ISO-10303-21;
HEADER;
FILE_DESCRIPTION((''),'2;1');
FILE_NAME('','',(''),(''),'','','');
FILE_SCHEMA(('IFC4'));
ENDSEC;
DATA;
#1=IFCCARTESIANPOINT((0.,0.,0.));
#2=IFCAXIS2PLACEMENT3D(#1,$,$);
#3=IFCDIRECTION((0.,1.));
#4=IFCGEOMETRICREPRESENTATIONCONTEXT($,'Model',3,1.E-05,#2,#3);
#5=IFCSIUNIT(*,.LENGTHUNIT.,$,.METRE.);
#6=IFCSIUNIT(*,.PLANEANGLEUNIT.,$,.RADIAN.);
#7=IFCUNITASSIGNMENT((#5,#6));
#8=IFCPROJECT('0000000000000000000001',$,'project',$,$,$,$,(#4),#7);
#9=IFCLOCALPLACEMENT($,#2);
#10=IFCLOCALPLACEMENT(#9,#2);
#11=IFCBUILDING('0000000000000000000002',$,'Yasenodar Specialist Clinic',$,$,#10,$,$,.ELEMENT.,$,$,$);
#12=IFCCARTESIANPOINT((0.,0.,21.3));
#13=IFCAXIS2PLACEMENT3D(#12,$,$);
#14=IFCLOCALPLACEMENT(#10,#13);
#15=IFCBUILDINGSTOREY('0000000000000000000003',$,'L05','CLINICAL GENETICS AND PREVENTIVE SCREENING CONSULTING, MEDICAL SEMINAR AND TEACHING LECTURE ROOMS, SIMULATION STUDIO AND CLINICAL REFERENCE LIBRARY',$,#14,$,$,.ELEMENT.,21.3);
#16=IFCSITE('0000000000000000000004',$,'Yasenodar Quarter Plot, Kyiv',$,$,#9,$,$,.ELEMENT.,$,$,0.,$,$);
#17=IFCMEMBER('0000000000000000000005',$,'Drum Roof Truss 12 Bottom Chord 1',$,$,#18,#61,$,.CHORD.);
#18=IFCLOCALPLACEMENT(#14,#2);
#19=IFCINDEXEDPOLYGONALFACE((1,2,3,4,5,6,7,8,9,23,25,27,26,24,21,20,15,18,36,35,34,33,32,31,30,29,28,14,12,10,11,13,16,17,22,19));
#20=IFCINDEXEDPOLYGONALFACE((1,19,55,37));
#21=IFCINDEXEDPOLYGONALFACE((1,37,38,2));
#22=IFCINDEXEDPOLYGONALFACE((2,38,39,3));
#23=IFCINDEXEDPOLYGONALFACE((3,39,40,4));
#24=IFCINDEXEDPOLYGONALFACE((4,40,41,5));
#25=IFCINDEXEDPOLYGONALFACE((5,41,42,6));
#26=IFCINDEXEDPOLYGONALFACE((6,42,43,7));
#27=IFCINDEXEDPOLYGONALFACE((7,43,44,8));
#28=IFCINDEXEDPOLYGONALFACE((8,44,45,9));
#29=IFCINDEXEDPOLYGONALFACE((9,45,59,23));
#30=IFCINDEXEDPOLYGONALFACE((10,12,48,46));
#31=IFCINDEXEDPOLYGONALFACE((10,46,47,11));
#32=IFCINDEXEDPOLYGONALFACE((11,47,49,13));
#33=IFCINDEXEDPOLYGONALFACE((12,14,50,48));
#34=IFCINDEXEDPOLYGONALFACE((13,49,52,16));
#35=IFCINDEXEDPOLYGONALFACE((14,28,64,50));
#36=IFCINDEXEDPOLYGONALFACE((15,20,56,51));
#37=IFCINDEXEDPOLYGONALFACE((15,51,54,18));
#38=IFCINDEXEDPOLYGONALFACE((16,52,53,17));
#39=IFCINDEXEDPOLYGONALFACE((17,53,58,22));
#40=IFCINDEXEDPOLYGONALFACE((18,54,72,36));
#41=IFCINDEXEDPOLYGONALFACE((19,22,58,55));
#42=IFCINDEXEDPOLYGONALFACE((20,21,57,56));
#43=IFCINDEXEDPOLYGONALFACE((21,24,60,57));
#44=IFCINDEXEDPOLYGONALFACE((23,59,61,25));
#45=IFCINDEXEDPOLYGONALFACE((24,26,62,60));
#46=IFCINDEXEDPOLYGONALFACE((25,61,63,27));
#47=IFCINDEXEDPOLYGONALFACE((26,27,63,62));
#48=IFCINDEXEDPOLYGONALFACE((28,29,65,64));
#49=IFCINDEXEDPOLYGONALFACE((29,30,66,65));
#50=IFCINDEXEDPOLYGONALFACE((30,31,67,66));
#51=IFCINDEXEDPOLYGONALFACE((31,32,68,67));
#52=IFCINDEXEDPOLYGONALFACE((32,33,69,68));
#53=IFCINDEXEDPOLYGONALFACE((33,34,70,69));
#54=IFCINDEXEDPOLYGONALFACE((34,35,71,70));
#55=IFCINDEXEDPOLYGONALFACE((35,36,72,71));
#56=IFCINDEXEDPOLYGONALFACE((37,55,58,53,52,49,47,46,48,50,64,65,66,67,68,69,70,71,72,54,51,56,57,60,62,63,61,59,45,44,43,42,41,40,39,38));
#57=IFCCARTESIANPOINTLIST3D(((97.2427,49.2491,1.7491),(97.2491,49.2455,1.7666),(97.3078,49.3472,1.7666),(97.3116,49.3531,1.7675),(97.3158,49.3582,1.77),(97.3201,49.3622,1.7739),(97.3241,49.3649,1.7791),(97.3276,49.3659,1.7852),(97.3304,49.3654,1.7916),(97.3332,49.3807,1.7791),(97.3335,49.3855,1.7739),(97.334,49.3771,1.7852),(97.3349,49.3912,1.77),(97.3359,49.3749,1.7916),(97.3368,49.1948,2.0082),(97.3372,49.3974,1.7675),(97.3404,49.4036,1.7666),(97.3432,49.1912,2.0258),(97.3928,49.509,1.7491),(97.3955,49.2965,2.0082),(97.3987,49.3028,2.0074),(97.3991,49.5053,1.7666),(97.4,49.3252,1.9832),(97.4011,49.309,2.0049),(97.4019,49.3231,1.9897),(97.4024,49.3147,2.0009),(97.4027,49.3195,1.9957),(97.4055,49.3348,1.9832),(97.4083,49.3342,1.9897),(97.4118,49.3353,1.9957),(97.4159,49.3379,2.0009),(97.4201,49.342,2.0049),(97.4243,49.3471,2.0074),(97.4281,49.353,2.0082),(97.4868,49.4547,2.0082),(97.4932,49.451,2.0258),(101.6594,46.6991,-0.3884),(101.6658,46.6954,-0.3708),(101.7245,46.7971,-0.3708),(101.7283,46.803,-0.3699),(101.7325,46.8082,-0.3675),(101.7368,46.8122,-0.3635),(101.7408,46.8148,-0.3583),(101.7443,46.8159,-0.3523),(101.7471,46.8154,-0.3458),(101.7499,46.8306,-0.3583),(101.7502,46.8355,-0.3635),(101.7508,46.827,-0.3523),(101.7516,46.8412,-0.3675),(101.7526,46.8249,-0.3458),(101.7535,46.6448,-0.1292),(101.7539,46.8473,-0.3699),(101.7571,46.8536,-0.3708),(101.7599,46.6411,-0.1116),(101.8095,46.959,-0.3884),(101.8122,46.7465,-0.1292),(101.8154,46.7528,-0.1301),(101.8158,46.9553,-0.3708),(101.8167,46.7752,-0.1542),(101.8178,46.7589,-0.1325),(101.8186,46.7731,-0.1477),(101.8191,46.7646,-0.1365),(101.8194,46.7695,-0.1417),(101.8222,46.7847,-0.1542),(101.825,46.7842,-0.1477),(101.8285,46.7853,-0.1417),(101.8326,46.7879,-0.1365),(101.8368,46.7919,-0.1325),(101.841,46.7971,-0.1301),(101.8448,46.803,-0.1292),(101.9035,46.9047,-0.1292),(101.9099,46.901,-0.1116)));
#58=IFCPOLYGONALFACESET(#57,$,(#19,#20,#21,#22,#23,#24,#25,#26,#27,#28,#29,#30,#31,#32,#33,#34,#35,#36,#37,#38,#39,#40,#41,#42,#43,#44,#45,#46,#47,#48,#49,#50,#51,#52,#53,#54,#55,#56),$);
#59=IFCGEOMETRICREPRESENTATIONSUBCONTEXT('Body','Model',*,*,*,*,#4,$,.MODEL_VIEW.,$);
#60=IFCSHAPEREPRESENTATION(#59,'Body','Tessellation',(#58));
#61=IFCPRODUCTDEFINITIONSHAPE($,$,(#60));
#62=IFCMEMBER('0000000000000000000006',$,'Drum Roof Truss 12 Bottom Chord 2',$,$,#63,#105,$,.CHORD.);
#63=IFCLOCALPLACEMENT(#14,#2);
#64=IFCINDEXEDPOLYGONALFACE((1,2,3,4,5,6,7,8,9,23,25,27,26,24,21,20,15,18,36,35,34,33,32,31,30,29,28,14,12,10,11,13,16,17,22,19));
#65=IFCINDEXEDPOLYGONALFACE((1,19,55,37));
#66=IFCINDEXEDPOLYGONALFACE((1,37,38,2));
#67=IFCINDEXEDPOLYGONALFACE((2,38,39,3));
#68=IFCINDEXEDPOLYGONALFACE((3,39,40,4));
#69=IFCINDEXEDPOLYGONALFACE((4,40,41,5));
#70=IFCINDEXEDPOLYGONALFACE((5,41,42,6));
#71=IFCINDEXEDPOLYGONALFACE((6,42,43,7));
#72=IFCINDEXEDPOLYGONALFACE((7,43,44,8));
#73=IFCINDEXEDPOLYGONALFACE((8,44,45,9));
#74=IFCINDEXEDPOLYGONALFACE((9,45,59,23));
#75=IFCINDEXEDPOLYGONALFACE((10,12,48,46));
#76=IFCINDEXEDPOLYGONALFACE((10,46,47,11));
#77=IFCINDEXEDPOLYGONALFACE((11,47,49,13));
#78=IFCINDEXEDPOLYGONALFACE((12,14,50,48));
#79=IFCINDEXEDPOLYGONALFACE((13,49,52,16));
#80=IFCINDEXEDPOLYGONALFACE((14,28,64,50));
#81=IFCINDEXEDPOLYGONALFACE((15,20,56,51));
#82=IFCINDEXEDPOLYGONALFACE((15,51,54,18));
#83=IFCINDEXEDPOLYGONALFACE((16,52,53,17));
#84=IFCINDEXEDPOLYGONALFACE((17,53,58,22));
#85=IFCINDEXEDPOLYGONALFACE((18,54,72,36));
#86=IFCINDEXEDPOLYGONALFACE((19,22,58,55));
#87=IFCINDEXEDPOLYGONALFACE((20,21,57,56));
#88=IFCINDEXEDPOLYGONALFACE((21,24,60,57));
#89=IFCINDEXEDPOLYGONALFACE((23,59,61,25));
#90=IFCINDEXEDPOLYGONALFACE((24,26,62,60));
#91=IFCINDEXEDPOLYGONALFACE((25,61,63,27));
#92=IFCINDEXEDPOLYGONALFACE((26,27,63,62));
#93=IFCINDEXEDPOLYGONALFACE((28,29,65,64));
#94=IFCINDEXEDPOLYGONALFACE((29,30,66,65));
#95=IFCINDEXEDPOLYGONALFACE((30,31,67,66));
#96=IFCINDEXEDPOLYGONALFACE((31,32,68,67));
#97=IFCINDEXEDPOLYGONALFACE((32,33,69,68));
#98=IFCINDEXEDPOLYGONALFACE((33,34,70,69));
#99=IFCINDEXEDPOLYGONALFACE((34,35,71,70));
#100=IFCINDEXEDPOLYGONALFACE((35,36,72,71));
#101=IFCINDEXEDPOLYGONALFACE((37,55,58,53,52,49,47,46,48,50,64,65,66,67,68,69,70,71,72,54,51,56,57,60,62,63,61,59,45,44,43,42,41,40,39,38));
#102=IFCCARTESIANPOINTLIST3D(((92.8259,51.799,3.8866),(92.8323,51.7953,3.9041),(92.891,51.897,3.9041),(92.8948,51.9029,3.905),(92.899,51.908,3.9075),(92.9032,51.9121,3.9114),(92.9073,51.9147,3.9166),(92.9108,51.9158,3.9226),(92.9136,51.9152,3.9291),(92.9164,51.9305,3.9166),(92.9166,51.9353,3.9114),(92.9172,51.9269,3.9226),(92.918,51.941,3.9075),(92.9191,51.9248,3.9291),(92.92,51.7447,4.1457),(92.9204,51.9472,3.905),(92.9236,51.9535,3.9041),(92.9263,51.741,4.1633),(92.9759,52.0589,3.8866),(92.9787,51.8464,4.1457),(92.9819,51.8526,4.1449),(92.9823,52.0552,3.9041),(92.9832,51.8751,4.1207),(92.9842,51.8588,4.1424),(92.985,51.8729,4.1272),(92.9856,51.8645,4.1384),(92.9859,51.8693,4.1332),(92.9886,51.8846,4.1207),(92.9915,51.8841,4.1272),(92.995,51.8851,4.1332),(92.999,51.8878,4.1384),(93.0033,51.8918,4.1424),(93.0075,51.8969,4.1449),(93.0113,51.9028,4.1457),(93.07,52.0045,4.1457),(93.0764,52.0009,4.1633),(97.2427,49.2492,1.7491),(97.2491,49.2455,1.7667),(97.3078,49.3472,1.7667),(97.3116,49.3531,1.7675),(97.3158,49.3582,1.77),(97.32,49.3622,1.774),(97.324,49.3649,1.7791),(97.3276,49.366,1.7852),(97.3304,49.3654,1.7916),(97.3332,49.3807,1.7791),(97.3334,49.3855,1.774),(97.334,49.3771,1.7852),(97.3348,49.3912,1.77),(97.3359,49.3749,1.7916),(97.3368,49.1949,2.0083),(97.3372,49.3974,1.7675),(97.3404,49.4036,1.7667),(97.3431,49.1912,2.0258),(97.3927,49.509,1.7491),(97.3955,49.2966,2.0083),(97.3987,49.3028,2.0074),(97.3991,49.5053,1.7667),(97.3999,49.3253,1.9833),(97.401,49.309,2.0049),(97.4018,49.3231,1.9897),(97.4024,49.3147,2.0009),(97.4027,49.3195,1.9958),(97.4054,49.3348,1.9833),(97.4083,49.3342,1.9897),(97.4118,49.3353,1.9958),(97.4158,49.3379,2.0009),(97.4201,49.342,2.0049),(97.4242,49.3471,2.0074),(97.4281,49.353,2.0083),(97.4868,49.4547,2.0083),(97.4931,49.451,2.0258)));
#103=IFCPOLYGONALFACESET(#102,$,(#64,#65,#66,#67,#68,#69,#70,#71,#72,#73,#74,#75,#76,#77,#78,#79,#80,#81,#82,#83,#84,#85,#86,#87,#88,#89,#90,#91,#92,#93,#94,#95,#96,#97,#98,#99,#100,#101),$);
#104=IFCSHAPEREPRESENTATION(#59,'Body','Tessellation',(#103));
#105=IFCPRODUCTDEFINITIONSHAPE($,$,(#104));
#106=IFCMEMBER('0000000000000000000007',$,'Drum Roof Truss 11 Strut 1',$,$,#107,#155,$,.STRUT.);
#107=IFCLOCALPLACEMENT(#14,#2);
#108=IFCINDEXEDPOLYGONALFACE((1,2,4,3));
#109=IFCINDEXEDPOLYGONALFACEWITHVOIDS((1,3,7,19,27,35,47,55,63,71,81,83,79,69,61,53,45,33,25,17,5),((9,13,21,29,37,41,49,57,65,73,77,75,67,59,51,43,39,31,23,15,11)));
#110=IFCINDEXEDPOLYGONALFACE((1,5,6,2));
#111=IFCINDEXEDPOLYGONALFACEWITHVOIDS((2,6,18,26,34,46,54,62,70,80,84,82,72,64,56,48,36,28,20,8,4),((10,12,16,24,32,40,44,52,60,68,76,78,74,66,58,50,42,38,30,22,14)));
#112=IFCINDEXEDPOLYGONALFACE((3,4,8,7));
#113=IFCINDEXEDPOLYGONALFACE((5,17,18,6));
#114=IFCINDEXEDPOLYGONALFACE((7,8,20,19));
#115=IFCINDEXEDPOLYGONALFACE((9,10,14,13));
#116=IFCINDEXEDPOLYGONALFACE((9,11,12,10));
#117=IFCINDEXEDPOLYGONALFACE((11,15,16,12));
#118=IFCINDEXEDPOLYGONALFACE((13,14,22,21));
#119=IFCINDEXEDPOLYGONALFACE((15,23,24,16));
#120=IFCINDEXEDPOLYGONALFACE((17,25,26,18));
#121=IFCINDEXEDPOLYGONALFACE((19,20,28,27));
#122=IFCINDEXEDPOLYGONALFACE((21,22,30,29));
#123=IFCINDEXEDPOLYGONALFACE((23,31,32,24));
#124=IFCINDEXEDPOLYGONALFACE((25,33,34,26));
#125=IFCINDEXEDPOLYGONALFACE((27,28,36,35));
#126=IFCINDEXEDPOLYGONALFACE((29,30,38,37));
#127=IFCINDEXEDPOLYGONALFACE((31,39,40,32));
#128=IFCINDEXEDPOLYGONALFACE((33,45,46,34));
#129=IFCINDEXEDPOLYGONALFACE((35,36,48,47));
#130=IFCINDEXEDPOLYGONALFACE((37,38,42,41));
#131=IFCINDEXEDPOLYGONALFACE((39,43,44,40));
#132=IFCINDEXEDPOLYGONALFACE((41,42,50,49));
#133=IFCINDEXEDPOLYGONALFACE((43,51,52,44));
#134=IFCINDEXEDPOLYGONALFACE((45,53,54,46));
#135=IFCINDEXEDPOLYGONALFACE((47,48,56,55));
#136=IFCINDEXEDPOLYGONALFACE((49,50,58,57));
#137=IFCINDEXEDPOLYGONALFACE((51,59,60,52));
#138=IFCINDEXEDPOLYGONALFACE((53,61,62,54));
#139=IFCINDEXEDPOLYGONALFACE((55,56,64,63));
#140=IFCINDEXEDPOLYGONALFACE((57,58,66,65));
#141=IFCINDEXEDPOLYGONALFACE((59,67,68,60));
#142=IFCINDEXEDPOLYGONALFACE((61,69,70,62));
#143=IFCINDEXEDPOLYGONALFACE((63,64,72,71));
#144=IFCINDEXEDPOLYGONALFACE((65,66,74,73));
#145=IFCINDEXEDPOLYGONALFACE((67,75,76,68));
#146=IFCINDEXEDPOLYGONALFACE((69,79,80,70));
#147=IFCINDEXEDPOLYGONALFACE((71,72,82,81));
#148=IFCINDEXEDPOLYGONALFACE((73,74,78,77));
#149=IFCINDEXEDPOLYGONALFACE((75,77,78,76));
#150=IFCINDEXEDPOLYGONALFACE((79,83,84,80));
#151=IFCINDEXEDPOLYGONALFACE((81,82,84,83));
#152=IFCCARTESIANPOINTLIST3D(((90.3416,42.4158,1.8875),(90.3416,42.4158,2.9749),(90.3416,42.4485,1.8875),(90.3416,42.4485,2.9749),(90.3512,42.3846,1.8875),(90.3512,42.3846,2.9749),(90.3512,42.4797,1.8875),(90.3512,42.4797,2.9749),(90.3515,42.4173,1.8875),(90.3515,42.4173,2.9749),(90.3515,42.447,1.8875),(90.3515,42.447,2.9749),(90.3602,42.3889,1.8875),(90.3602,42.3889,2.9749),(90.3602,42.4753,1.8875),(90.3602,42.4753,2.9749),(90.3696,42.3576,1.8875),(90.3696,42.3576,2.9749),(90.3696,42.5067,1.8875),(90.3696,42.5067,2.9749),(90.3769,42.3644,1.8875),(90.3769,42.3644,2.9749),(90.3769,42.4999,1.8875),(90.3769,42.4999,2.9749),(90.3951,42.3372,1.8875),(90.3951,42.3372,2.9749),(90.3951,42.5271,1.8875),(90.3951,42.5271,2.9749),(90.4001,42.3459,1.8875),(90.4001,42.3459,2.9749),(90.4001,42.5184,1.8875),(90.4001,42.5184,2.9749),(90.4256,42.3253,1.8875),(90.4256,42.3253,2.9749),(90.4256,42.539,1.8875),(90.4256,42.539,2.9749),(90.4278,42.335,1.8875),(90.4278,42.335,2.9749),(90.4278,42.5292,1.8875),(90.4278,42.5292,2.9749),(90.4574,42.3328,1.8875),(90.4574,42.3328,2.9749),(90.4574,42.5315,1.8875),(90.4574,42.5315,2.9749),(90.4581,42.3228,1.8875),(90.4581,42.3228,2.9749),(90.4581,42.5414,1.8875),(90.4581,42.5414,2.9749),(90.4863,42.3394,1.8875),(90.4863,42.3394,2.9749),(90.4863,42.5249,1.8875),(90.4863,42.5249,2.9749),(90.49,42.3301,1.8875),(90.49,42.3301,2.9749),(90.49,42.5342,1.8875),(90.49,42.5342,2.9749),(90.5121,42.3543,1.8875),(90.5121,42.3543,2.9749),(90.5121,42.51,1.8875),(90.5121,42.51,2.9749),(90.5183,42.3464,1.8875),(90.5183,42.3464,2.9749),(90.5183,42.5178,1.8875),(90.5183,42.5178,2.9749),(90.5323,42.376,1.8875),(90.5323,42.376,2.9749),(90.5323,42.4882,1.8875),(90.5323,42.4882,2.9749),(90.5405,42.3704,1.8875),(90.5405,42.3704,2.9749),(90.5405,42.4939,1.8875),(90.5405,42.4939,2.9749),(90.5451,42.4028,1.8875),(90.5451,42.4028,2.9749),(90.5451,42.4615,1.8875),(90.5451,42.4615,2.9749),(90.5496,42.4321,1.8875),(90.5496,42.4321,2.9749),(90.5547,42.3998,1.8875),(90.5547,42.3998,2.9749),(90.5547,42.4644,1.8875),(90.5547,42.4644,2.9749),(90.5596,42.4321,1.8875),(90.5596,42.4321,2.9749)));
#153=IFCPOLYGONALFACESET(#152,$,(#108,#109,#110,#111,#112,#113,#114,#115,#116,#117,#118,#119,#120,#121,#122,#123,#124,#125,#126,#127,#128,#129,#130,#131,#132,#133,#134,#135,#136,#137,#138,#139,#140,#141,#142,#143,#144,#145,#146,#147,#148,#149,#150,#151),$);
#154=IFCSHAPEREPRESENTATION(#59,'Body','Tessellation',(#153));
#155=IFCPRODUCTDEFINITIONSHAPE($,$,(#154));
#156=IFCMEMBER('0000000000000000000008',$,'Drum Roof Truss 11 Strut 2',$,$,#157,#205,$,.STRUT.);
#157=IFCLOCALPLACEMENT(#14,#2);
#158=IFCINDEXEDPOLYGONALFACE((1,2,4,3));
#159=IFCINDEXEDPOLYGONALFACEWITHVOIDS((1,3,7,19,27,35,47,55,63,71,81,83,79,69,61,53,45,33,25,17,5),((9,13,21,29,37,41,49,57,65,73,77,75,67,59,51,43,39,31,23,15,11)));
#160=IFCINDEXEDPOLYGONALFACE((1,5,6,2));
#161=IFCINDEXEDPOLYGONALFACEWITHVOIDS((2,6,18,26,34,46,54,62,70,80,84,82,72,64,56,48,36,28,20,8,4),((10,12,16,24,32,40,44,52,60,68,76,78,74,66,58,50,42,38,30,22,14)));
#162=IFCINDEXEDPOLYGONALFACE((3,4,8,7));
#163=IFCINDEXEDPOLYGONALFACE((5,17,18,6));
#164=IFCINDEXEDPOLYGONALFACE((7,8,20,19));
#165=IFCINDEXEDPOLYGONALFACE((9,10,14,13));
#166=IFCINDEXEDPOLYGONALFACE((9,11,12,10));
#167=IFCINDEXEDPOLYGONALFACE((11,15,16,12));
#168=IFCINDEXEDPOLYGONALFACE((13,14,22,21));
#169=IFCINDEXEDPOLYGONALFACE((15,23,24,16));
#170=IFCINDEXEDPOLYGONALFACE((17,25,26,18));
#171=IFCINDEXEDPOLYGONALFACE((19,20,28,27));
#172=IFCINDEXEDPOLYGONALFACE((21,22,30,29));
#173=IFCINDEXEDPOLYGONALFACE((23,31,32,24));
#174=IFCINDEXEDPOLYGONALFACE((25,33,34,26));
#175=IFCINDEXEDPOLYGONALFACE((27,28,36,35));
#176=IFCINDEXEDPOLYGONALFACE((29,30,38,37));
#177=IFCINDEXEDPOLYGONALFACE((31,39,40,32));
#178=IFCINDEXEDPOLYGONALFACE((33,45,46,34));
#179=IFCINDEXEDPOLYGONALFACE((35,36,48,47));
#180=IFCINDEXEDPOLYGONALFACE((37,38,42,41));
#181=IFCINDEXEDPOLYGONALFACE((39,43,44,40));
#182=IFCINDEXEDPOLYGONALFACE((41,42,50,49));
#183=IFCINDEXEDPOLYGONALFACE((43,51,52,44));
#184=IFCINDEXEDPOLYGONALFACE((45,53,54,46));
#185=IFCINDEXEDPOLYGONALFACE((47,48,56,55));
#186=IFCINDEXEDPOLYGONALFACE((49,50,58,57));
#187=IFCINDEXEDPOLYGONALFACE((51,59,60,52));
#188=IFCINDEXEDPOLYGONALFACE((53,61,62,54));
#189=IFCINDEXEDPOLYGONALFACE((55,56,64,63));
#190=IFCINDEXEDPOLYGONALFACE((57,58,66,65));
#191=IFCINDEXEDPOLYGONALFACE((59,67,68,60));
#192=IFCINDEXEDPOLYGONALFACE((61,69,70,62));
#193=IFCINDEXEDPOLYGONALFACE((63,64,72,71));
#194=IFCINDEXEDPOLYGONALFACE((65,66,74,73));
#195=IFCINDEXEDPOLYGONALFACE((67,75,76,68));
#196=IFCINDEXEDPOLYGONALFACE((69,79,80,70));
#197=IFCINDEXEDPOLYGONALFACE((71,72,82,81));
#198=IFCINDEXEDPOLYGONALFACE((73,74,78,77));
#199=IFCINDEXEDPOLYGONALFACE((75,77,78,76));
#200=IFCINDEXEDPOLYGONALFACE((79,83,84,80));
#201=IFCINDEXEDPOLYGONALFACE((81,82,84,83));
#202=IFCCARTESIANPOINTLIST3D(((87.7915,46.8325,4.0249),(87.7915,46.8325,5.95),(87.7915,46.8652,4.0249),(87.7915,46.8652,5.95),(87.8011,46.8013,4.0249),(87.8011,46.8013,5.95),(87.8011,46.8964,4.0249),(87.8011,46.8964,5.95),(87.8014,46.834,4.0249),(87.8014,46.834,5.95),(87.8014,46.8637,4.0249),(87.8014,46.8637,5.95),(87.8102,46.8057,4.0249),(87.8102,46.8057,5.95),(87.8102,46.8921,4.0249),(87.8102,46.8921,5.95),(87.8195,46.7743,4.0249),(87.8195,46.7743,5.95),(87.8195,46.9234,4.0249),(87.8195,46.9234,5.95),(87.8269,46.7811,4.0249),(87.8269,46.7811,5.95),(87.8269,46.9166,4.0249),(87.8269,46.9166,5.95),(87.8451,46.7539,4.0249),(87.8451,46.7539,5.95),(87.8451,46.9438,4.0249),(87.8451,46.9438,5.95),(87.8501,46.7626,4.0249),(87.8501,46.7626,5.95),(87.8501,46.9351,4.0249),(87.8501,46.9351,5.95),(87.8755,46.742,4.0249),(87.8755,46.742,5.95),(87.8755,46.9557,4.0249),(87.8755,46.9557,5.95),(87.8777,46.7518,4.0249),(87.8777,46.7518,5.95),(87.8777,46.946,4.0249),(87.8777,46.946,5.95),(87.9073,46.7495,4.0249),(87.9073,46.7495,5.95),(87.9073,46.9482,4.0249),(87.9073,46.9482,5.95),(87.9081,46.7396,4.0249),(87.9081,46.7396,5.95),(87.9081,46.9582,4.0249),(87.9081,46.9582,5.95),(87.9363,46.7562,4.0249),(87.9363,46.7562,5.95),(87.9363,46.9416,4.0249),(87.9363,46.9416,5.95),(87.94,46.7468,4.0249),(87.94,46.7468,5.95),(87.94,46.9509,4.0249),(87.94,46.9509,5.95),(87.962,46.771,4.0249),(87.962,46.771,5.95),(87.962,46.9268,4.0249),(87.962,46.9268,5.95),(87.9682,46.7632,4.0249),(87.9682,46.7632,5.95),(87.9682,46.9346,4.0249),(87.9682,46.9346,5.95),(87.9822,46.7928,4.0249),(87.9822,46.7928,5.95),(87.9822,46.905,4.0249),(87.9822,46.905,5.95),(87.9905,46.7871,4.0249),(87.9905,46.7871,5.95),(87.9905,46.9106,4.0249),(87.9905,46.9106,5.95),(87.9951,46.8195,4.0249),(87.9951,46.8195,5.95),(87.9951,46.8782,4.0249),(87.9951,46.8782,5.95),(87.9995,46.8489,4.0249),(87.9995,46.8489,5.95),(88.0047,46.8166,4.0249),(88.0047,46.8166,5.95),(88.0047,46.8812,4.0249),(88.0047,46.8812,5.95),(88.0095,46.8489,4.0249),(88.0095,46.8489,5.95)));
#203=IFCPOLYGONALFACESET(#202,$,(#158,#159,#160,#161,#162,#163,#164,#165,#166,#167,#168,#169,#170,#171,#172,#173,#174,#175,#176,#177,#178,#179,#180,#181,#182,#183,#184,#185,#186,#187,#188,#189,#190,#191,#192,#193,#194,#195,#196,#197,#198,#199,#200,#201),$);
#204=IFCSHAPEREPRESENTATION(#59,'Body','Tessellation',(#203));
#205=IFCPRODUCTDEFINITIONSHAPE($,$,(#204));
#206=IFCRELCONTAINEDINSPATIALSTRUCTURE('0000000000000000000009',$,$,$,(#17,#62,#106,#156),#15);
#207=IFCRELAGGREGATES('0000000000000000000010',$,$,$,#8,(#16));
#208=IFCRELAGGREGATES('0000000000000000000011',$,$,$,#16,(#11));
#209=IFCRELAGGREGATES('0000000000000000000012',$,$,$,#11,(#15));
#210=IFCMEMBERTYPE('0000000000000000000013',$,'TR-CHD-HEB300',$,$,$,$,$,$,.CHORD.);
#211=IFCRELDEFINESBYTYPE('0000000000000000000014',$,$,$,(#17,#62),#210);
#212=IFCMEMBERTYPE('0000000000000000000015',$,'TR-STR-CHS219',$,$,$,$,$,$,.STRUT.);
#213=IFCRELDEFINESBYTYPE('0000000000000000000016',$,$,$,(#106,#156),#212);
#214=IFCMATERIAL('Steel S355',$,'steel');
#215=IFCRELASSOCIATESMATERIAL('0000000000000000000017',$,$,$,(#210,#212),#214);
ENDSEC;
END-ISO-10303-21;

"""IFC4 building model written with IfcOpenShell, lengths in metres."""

from ifc_helpers import new_model, si_unit, direction, frame, origin, origin_2d, place, context, subcontext, project, spatial, hollow_circle, i_section, extrude, material, material_profile, profile_set, type_object, element, save


model = new_model("IFC4")

# Units and contexts
model_context = context("Model", 3, precision=1e-05, world=origin(), true_north=direction((0.0, 1.0)))
body_context = subcontext(model_context, "Body", "Model", "MODEL_VIEW")
ifc_project = project(units=[si_unit("LENGTHUNIT", "METRE"), si_unit("PLANEANGLEUNIT", "RADIAN")], contexts=[model_context])

# Site, building, storey
site_placement = place(None, origin())
site = spatial("IfcSite", under=ifc_project, at=site_placement, Name="Yasenodar Quarter Plot, Kyiv", CompositionType="ELEMENT", RefElevation=0.0)
building_placement = place(site_placement, origin())
building = spatial("IfcBuilding", under=site, at=building_placement, Name="Yasenodar Specialist Clinic", CompositionType="ELEMENT")
storey_placement = place(building_placement, frame((0.0, 0.0, 21.3)))
storey = spatial("IfcBuildingStorey", under=building, at=storey_placement, Name="L05", Description="CLINICAL GENETICS AND PREVENTIVE SCREENING CONSULTING, MEDICAL SEMINAR AND TEACHING LECTURE ROOMS, SIMULATION STUDIO AND CLINICAL REFERENCE LIBRARY", CompositionType="ELEMENT", Elevation=21.3)

# Members
ifc_material = material(Name="Steel S355", Category="steel")
ifc_material_profile_1 = material_profile(ifc_material, i_section(OverallWidth=0.3, OverallDepth=0.3, WebThickness=0.011, FlangeThickness=0.019, FilletRadius=0.0271, at=origin_2d()), Name="HEB 300")
ifc_profile_set_1 = profile_set([ifc_material_profile_1], Name="Steel S355")
member_type_1 = type_object("IfcMemberType", Name="TR-CHD-HEB300", PredefinedType="CHORD", material=ifc_profile_set_1)
for number, where, z_axis, x_axis, name in (
    (1, (101.7847, 46.8, -0.25), (-0.798712, 0.461143, 0.386531), (-0.500006, -0.866022, 0.0), "Drum Roof Truss 12 Bottom Chord 1"),
    (2, (97.3679, 49.3501, 1.8875), (-0.798728, 0.461109, 0.386538), (-0.49997, -0.866043, 0.0), "Drum Roof Truss 12 Bottom Chord 2"),
):
    element("IfcMember", number, at=place(storey_placement, frame(where, z_axis=z_axis, x_axis=x_axis)), inside=storey, type_object=member_type_1, Name=name, PredefinedType="CHORD", context=body_context, shape_type="SweptSolid", body=[
        extrude(i_section(OverallWidth=0.3, OverallDepth=0.3, WebThickness=0.011, FlangeThickness=0.019, FilletRadius=0.0271, at=origin_2d()), origin(), (0.0, 0.0, 1.0), 5.5298),
    ])
ifc_material_profile_2 = material_profile(ifc_material, hollow_circle(Radius=0.1096, WallThickness=0.01, at=origin_2d()), Name="CHS 219.1x10")
ifc_profile_set_2 = profile_set([ifc_material_profile_2], Name="Steel S355")
member_type_2 = type_object("IfcMemberType", Name="TR-STR-CHS219", PredefinedType="STRUT", material=ifc_profile_set_2)
member_1_placement = place(storey_placement, frame((90.45, 42.4321, 1.8875), z_axis=(0.0, 0.0, 1.0), x_axis=(1.0, 0.0, 0.0)))
element("IfcMember", 3, at=member_1_placement, inside=storey, type_object=member_type_2, Name="Drum Roof Truss 11 Strut 1", PredefinedType="STRUT", context=body_context, shape_type="SweptSolid", body=[
    extrude(hollow_circle(Radius=0.1096, WallThickness=0.01, at=origin_2d()), origin(), (0.0, 0.0, 1.0), 1.0874),
])
member_2_placement = place(storey_placement, frame((87.8999, 46.8489, 4.0249), z_axis=(0.0, 0.0, 1.0), x_axis=(1.0, 0.0, 0.0)))
element("IfcMember", 4, at=member_2_placement, inside=storey, type_object=member_type_2, Name="Drum Roof Truss 11 Strut 2", PredefinedType="STRUT", context=body_context, shape_type="SweptSolid", body=[
    extrude(hollow_circle(Radius=0.1096, WallThickness=0.01, at=origin_2d()), origin(), (0.0, 0.0, 1.0), 1.925),
])

save(model, "model.ifc")
